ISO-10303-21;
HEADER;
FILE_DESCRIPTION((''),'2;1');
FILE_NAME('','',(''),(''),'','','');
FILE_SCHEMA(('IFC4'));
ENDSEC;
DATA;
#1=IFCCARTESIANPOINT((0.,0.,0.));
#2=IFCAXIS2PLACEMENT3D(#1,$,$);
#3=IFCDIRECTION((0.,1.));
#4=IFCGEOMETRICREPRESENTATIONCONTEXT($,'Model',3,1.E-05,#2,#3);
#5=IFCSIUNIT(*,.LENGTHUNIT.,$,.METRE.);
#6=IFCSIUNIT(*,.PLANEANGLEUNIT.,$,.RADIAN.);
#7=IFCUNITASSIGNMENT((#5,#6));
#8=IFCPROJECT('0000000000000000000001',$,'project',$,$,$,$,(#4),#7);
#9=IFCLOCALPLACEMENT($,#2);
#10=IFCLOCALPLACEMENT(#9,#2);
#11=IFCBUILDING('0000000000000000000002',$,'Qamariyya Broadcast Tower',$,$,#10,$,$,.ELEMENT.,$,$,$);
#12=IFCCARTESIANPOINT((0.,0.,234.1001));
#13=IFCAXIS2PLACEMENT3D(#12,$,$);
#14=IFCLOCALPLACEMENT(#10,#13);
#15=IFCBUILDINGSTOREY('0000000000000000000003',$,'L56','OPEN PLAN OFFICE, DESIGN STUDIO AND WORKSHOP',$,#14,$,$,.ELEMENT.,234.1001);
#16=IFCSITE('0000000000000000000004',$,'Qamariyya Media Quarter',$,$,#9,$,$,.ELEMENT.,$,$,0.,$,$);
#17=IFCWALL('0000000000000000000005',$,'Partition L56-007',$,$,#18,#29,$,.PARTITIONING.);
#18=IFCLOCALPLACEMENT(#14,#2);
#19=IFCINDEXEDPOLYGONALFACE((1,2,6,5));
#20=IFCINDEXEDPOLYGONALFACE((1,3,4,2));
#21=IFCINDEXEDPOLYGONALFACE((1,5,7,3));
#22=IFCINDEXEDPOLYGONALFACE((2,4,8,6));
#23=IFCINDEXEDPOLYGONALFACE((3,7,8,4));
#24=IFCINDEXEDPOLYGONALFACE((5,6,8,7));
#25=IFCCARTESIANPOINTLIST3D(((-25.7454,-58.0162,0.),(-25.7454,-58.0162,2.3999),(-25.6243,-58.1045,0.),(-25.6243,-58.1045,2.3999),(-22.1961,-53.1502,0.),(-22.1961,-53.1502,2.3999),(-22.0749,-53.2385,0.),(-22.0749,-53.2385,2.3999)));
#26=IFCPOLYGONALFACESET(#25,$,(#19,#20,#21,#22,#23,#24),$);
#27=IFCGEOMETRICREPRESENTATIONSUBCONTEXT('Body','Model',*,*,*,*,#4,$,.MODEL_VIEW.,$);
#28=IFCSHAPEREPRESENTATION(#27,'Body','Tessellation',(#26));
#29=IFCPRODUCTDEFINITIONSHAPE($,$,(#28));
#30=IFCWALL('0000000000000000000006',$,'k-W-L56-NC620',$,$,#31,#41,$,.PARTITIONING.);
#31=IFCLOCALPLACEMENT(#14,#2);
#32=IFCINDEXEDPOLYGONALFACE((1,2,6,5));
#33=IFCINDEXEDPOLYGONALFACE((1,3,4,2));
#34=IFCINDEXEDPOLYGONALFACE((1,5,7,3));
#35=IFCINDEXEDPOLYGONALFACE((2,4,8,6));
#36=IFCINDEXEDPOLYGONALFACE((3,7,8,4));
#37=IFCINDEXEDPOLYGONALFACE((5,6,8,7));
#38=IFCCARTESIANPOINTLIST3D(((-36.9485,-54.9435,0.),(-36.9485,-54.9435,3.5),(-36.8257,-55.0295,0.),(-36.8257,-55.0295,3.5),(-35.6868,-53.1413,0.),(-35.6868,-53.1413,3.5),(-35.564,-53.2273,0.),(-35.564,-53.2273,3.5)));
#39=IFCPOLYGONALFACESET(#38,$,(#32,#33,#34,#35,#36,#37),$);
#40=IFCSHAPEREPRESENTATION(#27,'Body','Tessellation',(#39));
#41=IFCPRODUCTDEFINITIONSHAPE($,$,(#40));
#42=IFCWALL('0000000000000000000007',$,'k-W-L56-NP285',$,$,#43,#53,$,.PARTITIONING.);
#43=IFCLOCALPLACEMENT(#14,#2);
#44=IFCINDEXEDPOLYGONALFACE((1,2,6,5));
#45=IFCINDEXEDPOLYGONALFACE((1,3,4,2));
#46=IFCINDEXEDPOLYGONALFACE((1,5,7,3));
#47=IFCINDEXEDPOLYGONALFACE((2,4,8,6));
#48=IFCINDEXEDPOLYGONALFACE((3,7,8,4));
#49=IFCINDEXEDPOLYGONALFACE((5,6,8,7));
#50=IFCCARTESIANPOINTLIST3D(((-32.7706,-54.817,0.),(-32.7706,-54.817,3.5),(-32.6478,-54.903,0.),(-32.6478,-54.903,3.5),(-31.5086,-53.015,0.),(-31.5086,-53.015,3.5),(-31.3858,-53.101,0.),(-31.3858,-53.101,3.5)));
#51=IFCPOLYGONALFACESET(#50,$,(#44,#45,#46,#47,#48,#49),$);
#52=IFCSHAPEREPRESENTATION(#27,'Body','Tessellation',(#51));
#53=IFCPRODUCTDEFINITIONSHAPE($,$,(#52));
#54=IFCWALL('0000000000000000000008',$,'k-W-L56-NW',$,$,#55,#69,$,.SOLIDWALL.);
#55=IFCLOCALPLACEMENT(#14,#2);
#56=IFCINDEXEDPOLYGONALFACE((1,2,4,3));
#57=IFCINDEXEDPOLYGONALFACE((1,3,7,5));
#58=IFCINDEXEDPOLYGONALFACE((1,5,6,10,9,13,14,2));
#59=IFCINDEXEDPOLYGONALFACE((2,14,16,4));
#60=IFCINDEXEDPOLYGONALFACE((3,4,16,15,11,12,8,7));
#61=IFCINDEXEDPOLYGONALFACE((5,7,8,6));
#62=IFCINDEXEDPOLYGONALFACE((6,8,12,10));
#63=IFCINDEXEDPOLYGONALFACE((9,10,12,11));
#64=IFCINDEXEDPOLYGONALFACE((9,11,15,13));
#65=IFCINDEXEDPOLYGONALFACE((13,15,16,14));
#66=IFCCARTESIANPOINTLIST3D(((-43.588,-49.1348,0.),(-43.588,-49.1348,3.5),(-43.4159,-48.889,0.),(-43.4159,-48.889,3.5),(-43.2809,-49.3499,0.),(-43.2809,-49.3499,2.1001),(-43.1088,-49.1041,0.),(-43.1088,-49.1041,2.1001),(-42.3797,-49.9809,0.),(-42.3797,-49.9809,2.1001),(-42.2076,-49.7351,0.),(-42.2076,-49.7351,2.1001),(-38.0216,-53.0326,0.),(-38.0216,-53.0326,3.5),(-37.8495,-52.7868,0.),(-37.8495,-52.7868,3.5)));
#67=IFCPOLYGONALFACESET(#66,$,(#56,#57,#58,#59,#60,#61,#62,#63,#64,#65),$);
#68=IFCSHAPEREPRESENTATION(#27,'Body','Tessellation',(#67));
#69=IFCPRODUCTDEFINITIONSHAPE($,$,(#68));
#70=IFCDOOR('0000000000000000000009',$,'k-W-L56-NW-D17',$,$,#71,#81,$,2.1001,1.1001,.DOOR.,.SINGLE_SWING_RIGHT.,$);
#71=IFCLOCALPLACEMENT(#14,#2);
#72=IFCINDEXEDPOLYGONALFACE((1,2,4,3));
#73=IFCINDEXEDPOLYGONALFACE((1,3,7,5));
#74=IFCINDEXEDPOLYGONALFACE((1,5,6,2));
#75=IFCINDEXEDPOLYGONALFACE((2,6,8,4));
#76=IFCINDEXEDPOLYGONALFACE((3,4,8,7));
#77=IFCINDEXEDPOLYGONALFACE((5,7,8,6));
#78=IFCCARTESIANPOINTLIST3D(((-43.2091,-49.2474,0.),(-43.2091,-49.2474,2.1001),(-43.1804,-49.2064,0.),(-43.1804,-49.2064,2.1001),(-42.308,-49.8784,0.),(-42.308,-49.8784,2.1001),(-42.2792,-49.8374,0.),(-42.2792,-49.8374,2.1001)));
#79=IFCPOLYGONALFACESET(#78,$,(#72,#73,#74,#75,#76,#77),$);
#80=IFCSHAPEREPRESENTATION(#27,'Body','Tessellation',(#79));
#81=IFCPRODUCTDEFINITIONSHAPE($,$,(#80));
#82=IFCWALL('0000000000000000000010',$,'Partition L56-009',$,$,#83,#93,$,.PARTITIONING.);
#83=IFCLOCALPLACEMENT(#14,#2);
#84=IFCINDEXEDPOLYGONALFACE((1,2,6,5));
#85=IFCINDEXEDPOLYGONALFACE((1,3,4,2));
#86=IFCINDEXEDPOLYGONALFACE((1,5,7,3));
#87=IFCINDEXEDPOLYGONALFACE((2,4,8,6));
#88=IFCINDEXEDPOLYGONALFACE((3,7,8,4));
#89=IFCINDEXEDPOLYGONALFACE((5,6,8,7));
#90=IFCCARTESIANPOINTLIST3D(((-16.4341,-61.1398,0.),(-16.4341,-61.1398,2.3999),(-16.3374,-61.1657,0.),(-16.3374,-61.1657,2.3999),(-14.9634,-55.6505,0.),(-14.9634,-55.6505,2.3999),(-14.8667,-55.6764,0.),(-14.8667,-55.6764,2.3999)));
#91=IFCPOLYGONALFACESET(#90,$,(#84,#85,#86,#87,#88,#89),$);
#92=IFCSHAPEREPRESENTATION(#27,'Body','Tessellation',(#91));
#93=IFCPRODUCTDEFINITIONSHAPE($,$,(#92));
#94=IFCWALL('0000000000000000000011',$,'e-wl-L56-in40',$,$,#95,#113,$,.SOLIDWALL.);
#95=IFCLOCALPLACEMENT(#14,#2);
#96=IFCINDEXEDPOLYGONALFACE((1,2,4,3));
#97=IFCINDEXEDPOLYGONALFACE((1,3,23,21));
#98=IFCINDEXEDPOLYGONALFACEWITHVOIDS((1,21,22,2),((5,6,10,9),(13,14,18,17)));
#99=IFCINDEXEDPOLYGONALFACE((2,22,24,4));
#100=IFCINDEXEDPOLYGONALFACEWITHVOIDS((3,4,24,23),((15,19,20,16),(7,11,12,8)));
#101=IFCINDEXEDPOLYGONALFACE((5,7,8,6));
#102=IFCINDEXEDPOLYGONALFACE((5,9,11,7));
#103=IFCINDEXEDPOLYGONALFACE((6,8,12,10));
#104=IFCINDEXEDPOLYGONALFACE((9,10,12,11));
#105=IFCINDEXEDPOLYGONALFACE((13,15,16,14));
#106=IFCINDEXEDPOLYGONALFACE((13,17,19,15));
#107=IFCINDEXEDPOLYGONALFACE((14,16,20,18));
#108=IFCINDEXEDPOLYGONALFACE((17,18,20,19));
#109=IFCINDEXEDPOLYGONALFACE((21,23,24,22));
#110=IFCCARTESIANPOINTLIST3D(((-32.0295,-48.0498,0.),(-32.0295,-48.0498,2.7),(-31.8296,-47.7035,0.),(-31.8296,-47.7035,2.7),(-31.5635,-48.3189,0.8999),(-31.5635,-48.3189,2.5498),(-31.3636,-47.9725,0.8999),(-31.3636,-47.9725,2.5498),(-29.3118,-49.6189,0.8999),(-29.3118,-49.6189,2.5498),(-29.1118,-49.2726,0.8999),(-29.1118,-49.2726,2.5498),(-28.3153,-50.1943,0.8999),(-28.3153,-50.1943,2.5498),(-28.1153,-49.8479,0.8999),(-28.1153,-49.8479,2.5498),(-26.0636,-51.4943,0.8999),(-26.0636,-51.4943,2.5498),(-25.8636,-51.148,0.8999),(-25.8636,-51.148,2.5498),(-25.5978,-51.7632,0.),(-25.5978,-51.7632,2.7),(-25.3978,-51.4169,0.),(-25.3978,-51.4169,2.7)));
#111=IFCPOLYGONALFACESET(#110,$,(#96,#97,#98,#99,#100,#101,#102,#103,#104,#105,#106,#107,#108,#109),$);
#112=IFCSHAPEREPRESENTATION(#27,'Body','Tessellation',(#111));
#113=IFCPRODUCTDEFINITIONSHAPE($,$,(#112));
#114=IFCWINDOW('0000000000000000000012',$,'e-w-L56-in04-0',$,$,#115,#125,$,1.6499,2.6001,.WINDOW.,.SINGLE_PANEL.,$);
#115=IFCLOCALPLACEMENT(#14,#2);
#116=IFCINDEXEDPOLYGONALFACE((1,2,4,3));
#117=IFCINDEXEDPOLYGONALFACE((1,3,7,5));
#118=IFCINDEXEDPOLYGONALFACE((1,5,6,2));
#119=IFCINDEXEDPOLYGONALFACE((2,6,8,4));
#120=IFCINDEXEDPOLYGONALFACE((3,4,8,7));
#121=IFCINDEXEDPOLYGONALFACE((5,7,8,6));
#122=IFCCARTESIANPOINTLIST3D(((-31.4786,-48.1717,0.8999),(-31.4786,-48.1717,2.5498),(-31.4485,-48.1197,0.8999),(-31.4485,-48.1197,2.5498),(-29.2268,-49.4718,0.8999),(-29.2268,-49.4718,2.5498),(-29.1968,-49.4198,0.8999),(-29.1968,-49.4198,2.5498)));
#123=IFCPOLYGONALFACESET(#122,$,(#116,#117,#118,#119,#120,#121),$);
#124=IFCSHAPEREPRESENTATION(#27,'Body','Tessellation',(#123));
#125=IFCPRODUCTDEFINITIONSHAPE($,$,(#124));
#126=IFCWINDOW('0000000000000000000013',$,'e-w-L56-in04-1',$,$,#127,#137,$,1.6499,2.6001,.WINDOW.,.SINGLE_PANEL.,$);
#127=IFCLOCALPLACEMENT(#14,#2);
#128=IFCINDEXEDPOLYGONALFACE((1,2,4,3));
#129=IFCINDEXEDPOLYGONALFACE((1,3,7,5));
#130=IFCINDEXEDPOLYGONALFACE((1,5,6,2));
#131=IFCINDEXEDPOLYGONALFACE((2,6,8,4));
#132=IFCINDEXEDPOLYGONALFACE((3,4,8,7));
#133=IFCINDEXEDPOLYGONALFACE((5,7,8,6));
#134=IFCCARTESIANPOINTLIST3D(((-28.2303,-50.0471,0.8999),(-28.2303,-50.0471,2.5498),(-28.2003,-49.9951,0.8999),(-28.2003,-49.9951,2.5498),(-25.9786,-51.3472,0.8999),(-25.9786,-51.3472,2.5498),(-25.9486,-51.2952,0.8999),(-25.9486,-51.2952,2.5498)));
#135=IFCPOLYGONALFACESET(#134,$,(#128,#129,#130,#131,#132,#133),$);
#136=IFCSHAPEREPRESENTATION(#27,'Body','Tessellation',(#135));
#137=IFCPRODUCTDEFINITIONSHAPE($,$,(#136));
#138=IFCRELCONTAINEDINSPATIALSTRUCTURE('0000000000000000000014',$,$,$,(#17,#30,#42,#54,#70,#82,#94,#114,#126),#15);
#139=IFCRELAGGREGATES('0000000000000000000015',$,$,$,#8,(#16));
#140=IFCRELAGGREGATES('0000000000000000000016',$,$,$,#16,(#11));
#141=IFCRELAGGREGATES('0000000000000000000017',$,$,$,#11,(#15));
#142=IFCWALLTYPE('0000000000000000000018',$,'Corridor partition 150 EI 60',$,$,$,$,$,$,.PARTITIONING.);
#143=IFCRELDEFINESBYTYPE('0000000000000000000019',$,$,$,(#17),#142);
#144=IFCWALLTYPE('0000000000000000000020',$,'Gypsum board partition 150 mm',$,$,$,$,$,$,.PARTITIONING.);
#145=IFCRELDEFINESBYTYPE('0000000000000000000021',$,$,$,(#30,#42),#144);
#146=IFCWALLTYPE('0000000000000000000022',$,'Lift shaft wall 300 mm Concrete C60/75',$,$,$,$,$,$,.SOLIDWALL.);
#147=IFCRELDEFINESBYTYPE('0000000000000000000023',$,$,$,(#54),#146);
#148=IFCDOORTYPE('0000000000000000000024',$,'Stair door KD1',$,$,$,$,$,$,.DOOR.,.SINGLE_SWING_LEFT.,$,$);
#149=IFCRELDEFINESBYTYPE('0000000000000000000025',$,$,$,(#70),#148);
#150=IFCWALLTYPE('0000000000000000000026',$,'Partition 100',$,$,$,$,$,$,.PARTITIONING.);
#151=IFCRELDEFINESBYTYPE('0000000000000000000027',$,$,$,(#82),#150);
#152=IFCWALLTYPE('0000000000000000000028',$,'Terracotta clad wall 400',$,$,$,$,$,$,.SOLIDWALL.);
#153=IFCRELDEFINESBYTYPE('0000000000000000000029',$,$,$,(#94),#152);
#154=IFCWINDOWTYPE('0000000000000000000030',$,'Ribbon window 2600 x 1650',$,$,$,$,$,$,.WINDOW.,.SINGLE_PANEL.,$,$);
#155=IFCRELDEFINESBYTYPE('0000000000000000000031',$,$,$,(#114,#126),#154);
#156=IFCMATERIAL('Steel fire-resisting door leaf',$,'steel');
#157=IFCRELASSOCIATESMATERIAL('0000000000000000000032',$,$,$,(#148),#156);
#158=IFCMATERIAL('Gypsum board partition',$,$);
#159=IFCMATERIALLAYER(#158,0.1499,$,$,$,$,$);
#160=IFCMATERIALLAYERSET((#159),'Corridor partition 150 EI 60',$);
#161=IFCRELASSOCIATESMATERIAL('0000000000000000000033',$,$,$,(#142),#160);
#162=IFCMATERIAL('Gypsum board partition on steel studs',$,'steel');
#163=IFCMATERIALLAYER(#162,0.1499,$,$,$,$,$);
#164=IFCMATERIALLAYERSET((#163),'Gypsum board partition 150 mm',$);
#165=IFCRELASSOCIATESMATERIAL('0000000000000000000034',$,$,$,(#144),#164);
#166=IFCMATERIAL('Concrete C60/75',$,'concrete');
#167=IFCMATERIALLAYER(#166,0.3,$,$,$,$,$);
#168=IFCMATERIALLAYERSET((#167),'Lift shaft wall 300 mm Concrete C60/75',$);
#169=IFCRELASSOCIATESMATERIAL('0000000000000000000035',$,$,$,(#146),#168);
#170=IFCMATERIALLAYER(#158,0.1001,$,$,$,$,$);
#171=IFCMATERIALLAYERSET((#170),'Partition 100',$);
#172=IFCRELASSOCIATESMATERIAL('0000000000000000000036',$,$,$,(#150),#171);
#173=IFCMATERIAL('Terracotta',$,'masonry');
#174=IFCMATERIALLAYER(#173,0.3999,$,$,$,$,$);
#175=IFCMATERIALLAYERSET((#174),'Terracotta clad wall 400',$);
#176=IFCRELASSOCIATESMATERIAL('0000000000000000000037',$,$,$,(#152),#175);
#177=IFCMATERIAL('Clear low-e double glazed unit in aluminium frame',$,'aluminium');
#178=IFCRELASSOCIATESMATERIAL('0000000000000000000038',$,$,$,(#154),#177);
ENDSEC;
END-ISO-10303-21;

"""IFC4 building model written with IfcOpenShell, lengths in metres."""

from ifc_helpers import new_model, si_unit, direction, frame, frame_2d, origin, place, context, subcontext, project, spatial, rectangle, extrude, material, layer, layer_set, type_object, element, fill, save


model = new_model("IFC4")

# Units and contexts
model_context = context("Model", 3, precision=1e-05, world=origin(), true_north=direction((0.0, 1.0)))
body_context = subcontext(model_context, "Body", "Model", "MODEL_VIEW")
ifc_project = project(units=[si_unit("LENGTHUNIT", "METRE"), si_unit("PLANEANGLEUNIT", "RADIAN")], contexts=[model_context])

# Site, building, storey
site_placement = place(None, origin())
site = spatial("IfcSite", under=ifc_project, at=site_placement, Name="Qamariyya Media Quarter", CompositionType="ELEMENT", RefElevation=0.0)
building_placement = place(site_placement, origin())
building = spatial("IfcBuilding", under=site, at=building_placement, Name="Qamariyya Broadcast Tower", CompositionType="ELEMENT")
storey_placement = place(building_placement, frame((0.0, 0.0, 234.1001)))
storey = spatial("IfcBuildingStorey", under=building, at=storey_placement, Name="L56", Description="OPEN PLAN OFFICE, DESIGN STUDIO AND WORKSHOP", CompositionType="ELEMENT", Elevation=234.1001)

# Shared definitions
ifc_material_1 = material(Name="Concrete C60/75", Category="concrete")

# Shared definitions
ifc_material_2 = material(Name="Steel fire-resisting door leaf", Category="steel")
door_type_1 = type_object("IfcDoorType", Name="Stair door KD1", OperationType="SINGLE_SWING_LEFT", PredefinedType="DOOR", material=ifc_material_2)

# Walls
ifc_material_3 = material(Name="Gypsum board partition")
ifc_layer_1 = layer(ifc_material_3, 0.1499)
ifc_layer_set_1 = layer_set([ifc_layer_1], Name="Corridor partition 150 EI 60")
wall_type_1 = type_object("IfcWallType", Name="Corridor partition 150 EI 60", PredefinedType="PARTITIONING", material=ifc_layer_set_1)
wall_1_placement = place(storey_placement, frame((-22.1355, -53.1943, 0.0), z_axis=(0.0, 0.0, 1.0), x_axis=(-0.589304, -0.807911, 0.0)))
element("IfcWall", 1, at=wall_1_placement, inside=storey, type_object=wall_type_1, Name="Partition L56-007", PredefinedType="PARTITIONING", context=body_context, shape_type="SweptSolid", body=[
    extrude(rectangle(XDim=6.0229, YDim=0.1499, at=frame_2d((3.0115, 0.0))), origin(), (0.0, 0.0, 1.0), 2.3999),
])
ifc_material_4 = material(Name="Gypsum board partition on steel studs", Category="steel")
ifc_layer_2 = layer(ifc_material_4, 0.1499)
ifc_layer_set_2 = layer_set([ifc_layer_2], Name="Gypsum board partition 150 mm")
wall_type_2 = type_object("IfcWallType", Name="Gypsum board partition 150 mm", PredefinedType="PARTITIONING", material=ifc_layer_set_2)
for number, where, z_axis, x_axis, name in (
    (2, (-36.8872, -54.9866, 0.0), (0.0, 0.0, 1.0), (0.573507, 0.819201, 0.0), "k-W-L56-NC620"),
    (3, (-32.7092, -54.8601, 0.0), (0.0, 0.0, 1.0), (0.573634, 0.819112, 0.0), "k-W-L56-NP285"),
):
    element("IfcWall", number, at=place(storey_placement, frame(where, z_axis=z_axis, x_axis=x_axis)), inside=storey, type_object=wall_type_2, Name=name, PredefinedType="PARTITIONING", context=body_context, shape_type="SweptSolid", body=[
        extrude(rectangle(XDim=2.2, YDim=0.1499, at=frame_2d((1.1001, 0.0))), origin(), (0.0, 0.0, 1.0), 3.5),
    ])

# Wall, opening, door
ifc_layer_3 = layer(ifc_material_1, 0.3)
ifc_layer_set_3 = layer_set([ifc_layer_3], Name="Lift shaft wall 300 mm Concrete C60/75")
wall_type_3 = type_object("IfcWallType", Name="Lift shaft wall 300 mm Concrete C60/75", PredefinedType="SOLIDWALL", material=ifc_layer_set_3)
wall_2_placement = place(storey_placement, frame((-37.9355, -52.9097, 0.0), z_axis=(0.0, 0.0, 1.0), x_axis=(-0.819148, 0.573583, 0.0)))
wall_2 = element("IfcWall", 4, at=wall_2_placement, inside=storey, type_object=wall_type_3, Name="k-W-L56-NW", PredefinedType="SOLIDWALL", context=body_context, shape_type="SweptSolid", body=[
    extrude(rectangle(XDim=6.7954, YDim=0.3, at=frame_2d((3.3977, 0.0))), origin(), (0.0, 0.0, 1.0), 3.5),
])
opening_1_placement = place(wall_2_placement, frame((5.3203, 0.0, 0.0)))
opening_1 = element("IfcOpeningElement", 5, at=opening_1_placement, cuts=wall_2, PredefinedType="OPENING", context=body_context, shape_type="SweptSolid", body=[
    extrude(rectangle(XDim=1.1001, YDim=2.1001, at=frame_2d((0.55, 1.05))), frame((0.0, 0.1599, 0.0), z_axis=(0.0, -1.0, 0.0), x_axis=(1.0, 0.0, 0.0)), (0.0, 0.0, 1.0), 0.3201),
])
door_1_placement = place(opening_1_placement, origin())
door_1 = element("IfcDoor", 6, at=door_1_placement, inside=storey, type_object=door_type_1, Name="k-W-L56-NW-D17", OperationType="SINGLE_SWING_RIGHT", OverallHeight=2.1001, OverallWidth=1.1001, PredefinedType="DOOR", context=body_context, shape_type="SweptSolid", body=[
    extrude(rectangle(XDim=1.1001, YDim=2.1001, at=frame_2d((0.55, 1.05))), frame((0.0, 0.0249, 0.0), z_axis=(0.0, -1.0, 0.0), x_axis=(1.0, 0.0, 0.0)), (0.0, 0.0, 1.0), 0.05),
])
fill(opening_1, door_1)

# Wall
ifc_layer_4 = layer(ifc_material_3, 0.1001)
ifc_layer_set_4 = layer_set([ifc_layer_4], Name="Partition 100")
wall_type_4 = type_object("IfcWallType", Name="Partition 100", PredefinedType="PARTITIONING", material=ifc_layer_set_4)
wall_3_placement = place(storey_placement, frame((-14.915, -55.6636, 0.0), z_axis=(0.0, 0.0, 1.0), x_axis=(-0.258796, -0.965932, 0.0)))
element("IfcWall", 7, at=wall_3_placement, inside=storey, type_object=wall_type_4, Name="Partition L56-009", PredefinedType="PARTITIONING", context=body_context, shape_type="SweptSolid", body=[
    extrude(rectangle(XDim=5.6829, YDim=0.1001, at=frame_2d((2.8413, 0.0))), origin(), (0.0, 0.0, 1.0), 2.3999),
])

# Wall, openings, windows
ifc_material_5 = material(Name="Terracotta", Category="masonry")
ifc_layer_5 = layer(ifc_material_5, 0.3999)
ifc_layer_set_5 = layer_set([ifc_layer_5], Name="Terracotta clad wall 400")
wall_type_5 = type_object("IfcWallType", Name="Terracotta clad wall 400", PredefinedType="SOLIDWALL", material=ifc_layer_set_5)
wall_4_placement = place(storey_placement, frame((-25.4978, -51.5901, 0.0), z_axis=(0.0, 0.0, 1.0), x_axis=(-0.866021, 0.500007, 0.0)))
wall_4 = element("IfcWall", 8, at=wall_4_placement, inside=storey, type_object=wall_type_5, Name="e-wl-L56-in40", PredefinedType="SOLIDWALL", context=body_context, shape_type="SweptSolid", body=[
    extrude(rectangle(XDim=7.4268, YDim=0.3999, at=frame_2d((3.7134, 0.0))), origin(), (0.0, 0.0, 1.0), 2.7),
])
opening_2_placement = place(wall_4_placement, frame((4.2886, 0.0, 0.8999)))
opening_2 = element("IfcOpeningElement", 9, at=opening_2_placement, cuts=wall_4, PredefinedType="OPENING", context=body_context, shape_type="SweptSolid", body=[
    extrude(rectangle(XDim=2.6001, YDim=1.6499, at=frame_2d((1.3, 0.825))), frame((0.0, 0.21, 0.0), z_axis=(0.0, -1.0, 0.0), x_axis=(1.0, 0.0, 0.0)), (0.0, 0.0, 1.0), 0.4199),
])
opening_3_placement = place(wall_4_placement, frame((0.5378, 0.0, 0.8999)))
opening_3 = element("IfcOpeningElement", 10, at=opening_3_placement, cuts=wall_4, PredefinedType="OPENING", context=body_context, shape_type="SweptSolid", body=[
    extrude(rectangle(XDim=2.6001, YDim=1.6499, at=frame_2d((1.3, 0.825))), frame((0.0, 0.21, 0.0), z_axis=(0.0, -1.0, 0.0), x_axis=(1.0, 0.0, 0.0)), (0.0, 0.0, 1.0), 0.4199),
])
ifc_material_6 = material(Name="Clear low-e double glazed unit in aluminium frame", Category="aluminium")
window_type = type_object("IfcWindowType", Name="Ribbon window 2600 x 1650", PartitioningType="SINGLE_PANEL", PredefinedType="WINDOW", material=ifc_material_6)
window_1_placement = place(opening_2_placement, origin())
window_1 = element("IfcWindow", 11, at=window_1_placement, inside=storey, type_object=window_type, Name="e-w-L56-in04-0", OverallHeight=1.6499, OverallWidth=2.6001, PartitioningType="SINGLE_PANEL", PredefinedType="WINDOW", context=body_context, shape_type="SweptSolid", body=[
    extrude(rectangle(XDim=2.6001, YDim=1.6499, at=frame_2d((1.3, 0.825))), frame((0.0, 0.03, 0.0), z_axis=(0.0, -1.0, 0.0), x_axis=(1.0, 0.0, 0.0)), (0.0, 0.0, 1.0), 0.0601),
])
fill(opening_2, window_1)
window_2_placement = place(opening_3_placement, origin())
window_2 = element("IfcWindow", 12, at=window_2_placement, inside=storey, type_object=window_type, Name="e-w-L56-in04-1", OverallHeight=1.6499, OverallWidth=2.6001, PartitioningType="SINGLE_PANEL", PredefinedType="WINDOW", context=body_context, shape_type="SweptSolid", body=[
    extrude(rectangle(XDim=2.6001, YDim=1.6499, at=frame_2d((1.3, 0.825))), frame((0.0, 0.03, 0.0), z_axis=(0.0, -1.0, 0.0), x_axis=(1.0, 0.0, 0.0)), (0.0, 0.0, 1.0), 0.0601),
])
fill(opening_3, window_2)

save(model, "model.ifc")
